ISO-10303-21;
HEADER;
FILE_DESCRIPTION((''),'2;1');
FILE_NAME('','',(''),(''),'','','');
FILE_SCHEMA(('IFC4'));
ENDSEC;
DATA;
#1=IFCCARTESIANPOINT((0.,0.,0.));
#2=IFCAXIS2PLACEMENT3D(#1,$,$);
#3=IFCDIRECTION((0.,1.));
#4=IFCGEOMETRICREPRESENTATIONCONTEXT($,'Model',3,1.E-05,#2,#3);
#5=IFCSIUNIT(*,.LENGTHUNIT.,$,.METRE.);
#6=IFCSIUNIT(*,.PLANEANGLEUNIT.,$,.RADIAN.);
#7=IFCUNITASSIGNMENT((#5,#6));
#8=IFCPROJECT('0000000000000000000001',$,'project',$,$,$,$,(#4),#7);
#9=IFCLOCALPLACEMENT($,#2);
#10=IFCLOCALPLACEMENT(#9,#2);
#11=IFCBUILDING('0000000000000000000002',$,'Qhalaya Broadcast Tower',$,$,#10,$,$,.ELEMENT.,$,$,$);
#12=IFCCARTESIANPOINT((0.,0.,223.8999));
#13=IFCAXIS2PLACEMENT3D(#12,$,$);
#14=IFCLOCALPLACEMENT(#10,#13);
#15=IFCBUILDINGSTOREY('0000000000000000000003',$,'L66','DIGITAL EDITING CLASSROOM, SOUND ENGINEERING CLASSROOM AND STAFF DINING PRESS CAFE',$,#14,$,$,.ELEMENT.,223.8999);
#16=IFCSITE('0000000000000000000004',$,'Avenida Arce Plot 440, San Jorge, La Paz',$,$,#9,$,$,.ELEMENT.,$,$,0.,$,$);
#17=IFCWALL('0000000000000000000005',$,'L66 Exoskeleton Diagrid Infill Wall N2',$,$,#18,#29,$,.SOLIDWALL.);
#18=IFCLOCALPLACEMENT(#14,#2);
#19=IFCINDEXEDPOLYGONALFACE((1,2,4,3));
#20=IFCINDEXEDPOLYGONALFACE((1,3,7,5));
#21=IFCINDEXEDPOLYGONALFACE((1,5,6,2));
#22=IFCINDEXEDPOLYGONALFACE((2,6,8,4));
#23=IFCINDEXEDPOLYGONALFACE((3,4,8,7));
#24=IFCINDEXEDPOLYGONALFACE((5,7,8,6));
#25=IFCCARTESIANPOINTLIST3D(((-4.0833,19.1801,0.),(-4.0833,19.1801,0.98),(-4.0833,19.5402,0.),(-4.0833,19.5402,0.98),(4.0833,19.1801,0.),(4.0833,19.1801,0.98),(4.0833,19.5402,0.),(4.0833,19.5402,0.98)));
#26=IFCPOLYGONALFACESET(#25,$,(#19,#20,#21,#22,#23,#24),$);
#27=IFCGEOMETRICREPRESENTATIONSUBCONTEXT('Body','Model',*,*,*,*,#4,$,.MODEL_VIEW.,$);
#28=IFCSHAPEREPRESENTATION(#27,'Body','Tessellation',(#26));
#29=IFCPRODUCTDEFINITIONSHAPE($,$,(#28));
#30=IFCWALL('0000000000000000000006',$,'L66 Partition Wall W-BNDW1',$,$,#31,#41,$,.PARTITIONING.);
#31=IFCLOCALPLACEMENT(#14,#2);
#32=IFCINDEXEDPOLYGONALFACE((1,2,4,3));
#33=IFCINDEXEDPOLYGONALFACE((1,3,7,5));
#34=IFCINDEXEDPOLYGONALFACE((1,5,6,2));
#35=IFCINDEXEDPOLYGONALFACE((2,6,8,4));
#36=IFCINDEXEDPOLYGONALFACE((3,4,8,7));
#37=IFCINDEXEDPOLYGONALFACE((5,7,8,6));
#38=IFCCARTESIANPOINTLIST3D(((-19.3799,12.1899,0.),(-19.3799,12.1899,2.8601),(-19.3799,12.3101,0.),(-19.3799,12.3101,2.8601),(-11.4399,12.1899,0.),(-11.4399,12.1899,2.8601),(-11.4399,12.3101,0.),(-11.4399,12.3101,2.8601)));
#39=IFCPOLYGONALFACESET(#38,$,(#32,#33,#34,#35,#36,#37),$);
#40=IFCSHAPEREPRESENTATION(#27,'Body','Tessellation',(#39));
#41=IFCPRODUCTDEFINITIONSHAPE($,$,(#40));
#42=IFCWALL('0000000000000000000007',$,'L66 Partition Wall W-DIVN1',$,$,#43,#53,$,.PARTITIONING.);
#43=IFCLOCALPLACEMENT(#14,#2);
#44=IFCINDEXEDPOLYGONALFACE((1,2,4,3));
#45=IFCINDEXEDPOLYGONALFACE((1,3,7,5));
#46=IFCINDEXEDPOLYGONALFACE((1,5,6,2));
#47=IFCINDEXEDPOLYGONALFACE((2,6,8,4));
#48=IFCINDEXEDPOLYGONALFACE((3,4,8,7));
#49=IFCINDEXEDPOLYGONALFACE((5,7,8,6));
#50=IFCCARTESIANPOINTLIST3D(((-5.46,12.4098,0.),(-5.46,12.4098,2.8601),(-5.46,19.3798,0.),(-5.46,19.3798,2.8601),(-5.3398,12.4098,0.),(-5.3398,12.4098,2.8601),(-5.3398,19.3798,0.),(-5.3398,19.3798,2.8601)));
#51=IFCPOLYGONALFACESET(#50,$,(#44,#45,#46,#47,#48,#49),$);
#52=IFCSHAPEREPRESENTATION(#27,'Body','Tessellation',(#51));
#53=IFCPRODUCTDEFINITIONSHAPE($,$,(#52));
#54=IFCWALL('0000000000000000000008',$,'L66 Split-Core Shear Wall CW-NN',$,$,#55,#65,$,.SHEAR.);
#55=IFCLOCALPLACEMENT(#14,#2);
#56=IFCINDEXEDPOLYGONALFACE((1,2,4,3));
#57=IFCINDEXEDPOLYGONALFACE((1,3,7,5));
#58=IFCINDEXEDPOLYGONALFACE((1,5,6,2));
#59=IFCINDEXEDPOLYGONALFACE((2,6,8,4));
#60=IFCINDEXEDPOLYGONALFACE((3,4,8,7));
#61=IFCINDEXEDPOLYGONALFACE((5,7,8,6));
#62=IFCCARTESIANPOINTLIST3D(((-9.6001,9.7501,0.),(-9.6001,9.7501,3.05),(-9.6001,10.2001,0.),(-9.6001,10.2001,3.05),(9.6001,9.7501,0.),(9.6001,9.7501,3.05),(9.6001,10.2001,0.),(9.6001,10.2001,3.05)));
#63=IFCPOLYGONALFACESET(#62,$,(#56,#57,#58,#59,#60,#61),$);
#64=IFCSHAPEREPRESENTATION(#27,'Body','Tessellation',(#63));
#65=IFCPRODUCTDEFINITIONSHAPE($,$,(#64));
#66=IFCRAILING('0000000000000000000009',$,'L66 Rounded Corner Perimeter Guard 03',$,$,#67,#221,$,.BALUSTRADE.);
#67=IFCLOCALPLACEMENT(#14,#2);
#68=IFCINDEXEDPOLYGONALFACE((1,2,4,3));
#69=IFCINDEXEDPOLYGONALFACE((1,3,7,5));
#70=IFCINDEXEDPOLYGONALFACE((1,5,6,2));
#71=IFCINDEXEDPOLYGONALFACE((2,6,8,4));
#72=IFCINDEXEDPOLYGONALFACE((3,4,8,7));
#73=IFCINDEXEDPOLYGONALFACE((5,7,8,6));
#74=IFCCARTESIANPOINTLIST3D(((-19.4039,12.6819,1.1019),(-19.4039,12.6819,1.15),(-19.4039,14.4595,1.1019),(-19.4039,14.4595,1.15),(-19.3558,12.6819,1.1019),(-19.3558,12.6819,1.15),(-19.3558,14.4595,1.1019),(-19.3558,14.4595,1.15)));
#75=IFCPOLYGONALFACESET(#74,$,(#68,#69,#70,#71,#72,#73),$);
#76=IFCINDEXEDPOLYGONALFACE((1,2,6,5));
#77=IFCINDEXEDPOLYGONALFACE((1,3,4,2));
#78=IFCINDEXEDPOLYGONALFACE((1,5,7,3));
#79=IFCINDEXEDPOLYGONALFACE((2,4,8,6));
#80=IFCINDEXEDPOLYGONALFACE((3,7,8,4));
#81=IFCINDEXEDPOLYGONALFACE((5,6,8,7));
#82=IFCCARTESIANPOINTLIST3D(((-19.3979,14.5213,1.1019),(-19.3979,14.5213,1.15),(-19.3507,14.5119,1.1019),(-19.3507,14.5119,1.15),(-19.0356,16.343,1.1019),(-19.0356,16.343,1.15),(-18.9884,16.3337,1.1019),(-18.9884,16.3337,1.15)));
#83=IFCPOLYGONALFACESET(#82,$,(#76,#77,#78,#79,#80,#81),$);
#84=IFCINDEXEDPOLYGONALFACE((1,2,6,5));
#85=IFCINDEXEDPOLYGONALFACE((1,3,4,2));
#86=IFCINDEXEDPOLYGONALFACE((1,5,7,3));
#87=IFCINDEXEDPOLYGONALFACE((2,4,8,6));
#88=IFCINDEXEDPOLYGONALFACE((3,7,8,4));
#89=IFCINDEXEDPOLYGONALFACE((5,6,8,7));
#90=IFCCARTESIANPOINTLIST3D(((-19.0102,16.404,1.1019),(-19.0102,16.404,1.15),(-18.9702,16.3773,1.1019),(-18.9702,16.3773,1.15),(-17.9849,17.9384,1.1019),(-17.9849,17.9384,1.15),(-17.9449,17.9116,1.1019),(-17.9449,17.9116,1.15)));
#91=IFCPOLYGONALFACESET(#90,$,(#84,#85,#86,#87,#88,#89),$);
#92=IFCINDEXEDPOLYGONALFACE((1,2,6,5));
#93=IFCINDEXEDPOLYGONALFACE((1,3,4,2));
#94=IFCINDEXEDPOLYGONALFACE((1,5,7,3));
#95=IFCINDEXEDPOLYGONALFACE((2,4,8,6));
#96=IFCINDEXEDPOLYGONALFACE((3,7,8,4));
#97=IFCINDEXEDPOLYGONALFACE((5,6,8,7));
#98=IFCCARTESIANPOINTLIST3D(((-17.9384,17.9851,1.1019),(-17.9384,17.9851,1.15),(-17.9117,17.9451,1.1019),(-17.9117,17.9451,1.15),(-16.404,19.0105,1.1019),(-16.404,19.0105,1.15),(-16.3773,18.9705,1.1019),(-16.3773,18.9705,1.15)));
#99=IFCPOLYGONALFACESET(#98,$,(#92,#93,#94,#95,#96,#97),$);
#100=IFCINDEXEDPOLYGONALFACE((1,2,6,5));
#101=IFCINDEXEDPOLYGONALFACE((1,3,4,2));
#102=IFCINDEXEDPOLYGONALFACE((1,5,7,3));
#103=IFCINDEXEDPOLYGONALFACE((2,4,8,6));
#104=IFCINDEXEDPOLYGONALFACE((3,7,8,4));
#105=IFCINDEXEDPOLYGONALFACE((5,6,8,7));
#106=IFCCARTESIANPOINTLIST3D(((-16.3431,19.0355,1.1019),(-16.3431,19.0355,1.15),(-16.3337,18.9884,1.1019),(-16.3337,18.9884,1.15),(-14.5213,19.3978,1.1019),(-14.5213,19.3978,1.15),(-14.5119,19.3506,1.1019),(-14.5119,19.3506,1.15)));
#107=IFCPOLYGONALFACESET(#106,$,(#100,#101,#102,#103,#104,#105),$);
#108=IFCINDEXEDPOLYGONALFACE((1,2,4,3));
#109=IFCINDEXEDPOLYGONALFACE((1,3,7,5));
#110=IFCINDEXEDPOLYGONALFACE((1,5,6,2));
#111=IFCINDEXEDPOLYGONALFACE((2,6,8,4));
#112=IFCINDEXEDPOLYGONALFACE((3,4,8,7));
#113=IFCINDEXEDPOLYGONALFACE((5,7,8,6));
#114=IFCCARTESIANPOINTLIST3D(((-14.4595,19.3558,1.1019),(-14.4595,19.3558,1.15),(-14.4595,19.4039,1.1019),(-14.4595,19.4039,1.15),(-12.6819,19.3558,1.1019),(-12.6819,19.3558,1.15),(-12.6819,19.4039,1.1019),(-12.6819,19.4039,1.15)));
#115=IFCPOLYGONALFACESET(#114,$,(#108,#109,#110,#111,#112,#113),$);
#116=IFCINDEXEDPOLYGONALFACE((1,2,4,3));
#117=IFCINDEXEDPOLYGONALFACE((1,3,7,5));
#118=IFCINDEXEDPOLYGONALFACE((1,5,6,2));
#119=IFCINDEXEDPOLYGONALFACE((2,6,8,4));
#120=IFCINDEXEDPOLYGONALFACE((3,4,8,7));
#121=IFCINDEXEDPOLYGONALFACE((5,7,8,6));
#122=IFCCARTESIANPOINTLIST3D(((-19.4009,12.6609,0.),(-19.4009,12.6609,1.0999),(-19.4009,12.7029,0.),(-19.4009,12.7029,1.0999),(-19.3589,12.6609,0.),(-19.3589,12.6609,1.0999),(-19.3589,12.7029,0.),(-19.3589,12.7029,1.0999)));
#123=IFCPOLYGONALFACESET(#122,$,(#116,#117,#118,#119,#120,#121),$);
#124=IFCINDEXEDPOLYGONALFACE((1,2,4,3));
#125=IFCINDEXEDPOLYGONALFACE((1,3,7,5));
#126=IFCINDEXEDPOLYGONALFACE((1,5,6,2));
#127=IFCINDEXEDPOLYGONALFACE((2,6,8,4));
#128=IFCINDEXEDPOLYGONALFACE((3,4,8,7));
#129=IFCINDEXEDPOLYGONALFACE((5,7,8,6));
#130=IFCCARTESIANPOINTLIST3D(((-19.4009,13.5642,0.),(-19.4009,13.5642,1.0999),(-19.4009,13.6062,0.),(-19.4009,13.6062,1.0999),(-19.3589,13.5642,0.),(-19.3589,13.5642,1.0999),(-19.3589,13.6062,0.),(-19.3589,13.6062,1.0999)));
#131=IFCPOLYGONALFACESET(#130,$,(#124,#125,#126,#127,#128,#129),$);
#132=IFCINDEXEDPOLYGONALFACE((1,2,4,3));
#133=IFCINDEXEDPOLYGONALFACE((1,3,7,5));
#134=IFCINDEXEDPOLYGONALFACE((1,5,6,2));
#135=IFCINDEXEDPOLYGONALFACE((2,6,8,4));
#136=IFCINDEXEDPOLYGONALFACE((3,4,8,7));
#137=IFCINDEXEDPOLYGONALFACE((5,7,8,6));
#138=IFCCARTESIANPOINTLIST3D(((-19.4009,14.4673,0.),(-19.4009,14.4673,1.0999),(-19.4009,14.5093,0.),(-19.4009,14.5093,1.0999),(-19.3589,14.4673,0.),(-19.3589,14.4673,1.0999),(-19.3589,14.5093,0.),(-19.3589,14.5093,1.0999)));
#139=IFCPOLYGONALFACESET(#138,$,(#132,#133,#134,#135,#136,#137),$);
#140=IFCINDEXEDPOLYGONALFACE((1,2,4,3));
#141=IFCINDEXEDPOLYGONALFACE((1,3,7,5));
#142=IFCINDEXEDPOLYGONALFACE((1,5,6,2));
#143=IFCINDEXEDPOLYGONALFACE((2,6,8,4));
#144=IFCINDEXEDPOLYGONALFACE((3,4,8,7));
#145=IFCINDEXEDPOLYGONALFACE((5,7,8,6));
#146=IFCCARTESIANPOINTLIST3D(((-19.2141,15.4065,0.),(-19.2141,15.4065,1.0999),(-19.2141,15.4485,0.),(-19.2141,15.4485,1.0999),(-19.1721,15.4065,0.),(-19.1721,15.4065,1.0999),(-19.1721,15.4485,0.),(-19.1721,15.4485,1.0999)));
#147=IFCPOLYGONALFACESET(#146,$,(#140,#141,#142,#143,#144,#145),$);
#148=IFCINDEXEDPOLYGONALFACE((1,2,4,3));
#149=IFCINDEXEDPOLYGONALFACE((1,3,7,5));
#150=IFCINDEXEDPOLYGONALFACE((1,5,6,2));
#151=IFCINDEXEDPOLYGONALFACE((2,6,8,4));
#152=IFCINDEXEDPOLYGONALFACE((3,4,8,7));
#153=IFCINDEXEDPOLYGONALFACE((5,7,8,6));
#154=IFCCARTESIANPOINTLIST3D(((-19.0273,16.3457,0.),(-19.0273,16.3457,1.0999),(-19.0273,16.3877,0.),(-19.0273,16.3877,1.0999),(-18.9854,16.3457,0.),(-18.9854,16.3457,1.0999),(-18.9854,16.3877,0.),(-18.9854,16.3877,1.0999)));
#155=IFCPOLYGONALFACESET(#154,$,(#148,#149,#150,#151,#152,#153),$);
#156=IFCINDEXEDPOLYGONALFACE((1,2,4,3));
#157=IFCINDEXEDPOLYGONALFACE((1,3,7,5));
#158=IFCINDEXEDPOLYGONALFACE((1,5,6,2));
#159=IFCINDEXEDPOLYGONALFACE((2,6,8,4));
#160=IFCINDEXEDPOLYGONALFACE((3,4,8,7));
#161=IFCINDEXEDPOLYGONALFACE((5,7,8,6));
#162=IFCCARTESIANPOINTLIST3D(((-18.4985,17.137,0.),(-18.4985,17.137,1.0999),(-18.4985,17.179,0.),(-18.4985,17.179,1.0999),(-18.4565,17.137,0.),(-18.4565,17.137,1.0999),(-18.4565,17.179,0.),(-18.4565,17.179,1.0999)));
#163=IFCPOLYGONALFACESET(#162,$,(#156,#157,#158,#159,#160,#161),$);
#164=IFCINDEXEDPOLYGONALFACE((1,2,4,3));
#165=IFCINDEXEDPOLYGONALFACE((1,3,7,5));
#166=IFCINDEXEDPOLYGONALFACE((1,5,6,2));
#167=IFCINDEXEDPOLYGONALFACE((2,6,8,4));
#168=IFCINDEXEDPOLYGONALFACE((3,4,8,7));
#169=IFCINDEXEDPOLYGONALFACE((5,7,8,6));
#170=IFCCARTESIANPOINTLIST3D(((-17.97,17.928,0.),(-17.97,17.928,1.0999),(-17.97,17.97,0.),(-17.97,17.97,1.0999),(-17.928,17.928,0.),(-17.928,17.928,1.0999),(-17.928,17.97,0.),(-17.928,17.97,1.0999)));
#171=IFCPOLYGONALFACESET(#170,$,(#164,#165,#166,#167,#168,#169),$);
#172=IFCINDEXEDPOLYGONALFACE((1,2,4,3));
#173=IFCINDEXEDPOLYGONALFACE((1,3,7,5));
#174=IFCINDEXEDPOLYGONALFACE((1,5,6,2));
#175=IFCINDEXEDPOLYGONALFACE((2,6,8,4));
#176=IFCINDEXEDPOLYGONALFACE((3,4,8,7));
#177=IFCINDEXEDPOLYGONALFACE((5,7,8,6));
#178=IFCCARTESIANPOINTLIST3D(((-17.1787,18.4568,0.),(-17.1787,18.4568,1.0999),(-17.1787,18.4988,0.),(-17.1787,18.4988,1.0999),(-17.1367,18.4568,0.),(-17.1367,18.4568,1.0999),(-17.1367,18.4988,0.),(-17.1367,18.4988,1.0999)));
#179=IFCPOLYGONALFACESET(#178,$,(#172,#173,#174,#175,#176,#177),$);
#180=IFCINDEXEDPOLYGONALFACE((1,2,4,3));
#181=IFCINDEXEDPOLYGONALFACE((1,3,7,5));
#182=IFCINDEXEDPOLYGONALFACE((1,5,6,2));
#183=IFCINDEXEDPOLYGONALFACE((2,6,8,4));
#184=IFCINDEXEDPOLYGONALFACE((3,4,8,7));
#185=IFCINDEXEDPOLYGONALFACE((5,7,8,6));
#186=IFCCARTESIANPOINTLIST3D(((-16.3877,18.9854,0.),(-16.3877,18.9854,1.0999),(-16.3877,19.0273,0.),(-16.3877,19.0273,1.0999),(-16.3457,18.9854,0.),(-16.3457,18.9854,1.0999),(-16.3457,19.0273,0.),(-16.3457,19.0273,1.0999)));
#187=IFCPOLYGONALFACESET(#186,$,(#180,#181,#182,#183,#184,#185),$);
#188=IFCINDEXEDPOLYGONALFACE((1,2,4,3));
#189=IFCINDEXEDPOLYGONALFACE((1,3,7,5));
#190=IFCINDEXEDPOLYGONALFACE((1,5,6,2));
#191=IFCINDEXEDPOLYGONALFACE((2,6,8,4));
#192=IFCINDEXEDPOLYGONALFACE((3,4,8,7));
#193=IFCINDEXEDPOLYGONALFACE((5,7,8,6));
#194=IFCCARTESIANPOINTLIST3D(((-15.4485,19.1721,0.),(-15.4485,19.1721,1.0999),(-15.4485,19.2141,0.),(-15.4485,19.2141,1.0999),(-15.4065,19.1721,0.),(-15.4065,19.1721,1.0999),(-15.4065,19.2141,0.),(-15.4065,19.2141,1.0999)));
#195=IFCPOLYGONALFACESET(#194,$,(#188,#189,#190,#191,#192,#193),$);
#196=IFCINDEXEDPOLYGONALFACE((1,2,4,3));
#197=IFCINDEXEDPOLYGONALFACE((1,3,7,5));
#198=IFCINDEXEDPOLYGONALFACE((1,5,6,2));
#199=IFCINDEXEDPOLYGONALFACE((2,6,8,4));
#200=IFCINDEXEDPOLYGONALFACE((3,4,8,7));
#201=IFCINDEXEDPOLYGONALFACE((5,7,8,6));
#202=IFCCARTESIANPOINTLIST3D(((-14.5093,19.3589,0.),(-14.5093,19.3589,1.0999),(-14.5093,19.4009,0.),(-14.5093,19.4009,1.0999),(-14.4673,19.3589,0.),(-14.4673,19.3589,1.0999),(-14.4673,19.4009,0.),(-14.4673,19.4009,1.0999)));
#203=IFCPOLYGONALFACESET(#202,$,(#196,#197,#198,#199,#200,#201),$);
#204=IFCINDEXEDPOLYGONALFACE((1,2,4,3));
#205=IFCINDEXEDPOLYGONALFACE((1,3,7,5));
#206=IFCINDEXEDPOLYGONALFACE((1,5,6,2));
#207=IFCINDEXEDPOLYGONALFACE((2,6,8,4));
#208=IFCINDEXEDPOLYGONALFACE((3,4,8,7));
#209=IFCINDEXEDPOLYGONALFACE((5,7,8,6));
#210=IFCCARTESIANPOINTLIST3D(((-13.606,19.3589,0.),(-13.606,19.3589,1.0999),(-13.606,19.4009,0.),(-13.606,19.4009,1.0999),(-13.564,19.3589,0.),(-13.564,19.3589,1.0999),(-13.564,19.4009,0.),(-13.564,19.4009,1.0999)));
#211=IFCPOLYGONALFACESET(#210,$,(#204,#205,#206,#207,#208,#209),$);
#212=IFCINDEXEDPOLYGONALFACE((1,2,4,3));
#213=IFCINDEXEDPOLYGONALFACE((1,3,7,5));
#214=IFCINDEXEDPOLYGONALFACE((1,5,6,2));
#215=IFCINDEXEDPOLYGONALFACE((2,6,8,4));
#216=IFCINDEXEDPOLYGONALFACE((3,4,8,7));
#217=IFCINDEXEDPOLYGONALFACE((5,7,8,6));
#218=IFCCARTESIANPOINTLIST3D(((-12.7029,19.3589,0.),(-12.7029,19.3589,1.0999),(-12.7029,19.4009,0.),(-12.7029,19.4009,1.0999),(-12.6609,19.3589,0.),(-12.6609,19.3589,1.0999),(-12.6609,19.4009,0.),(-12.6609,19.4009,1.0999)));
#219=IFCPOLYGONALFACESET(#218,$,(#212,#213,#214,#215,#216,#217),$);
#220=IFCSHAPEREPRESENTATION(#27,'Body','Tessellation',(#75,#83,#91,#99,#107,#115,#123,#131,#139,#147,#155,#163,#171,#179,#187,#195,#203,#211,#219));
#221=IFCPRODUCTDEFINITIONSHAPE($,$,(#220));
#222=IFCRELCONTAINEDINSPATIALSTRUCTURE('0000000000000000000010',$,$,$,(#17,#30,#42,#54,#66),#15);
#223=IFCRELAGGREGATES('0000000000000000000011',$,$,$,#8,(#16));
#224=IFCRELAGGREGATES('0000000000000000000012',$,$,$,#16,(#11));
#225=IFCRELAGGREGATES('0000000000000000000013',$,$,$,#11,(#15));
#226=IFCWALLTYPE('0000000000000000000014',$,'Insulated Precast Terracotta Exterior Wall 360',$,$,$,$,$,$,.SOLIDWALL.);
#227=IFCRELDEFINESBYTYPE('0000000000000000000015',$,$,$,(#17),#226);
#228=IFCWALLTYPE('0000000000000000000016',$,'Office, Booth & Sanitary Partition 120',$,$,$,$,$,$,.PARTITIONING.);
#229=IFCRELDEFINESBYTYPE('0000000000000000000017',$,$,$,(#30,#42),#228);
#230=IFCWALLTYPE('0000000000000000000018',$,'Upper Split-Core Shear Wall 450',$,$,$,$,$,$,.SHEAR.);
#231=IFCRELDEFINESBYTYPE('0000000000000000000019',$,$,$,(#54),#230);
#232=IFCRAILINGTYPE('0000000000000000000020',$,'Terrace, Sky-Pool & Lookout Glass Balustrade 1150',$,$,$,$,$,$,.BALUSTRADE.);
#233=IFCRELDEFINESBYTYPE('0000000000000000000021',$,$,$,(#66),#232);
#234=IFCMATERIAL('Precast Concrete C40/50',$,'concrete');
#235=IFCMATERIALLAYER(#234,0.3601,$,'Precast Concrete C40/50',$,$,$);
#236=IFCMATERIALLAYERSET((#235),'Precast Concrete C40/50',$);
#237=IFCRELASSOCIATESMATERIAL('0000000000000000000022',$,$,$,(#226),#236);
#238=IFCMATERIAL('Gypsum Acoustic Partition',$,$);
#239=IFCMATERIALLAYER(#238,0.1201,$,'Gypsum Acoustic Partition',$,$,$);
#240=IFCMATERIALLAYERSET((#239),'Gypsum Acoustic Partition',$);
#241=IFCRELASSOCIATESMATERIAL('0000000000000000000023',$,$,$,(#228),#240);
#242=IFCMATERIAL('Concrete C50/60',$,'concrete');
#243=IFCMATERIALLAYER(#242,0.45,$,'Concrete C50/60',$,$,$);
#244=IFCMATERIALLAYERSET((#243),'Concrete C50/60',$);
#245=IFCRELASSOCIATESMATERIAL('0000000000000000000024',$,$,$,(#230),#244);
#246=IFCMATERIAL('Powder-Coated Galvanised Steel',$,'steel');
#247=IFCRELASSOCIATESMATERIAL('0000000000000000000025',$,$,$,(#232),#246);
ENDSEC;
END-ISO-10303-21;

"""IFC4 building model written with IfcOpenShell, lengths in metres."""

from ifc_helpers import new_model, si_unit, direction, frame, frame_2d, origin, origin_2d, place, context, subcontext, project, spatial, rectangle, extrude, material, layer, layer_set, type_object, element, save


model = new_model("IFC4")

# Units and contexts
model_context = context("Model", 3, precision=1e-05, world=origin(), true_north=direction((0.0, 1.0)))
body_context = subcontext(model_context, "Body", "Model", "MODEL_VIEW")
ifc_project = project(units=[si_unit("LENGTHUNIT", "METRE"), si_unit("PLANEANGLEUNIT", "RADIAN")], contexts=[model_context])

# Site, building, storey
site_placement = place(None, origin())
site = spatial("IfcSite", under=ifc_project, at=site_placement, Name="Avenida Arce Plot 440, San Jorge, La Paz", CompositionType="ELEMENT", RefElevation=0.0)
building_placement = place(site_placement, origin())
building = spatial("IfcBuilding", under=site, at=building_placement, Name="Qhalaya Broadcast Tower", CompositionType="ELEMENT")
storey_placement = place(building_placement, frame((0.0, 0.0, 223.8999)))
storey = spatial("IfcBuildingStorey", under=building, at=storey_placement, Name="L66", Description="DIGITAL EDITING CLASSROOM, SOUND ENGINEERING CLASSROOM AND STAFF DINING PRESS CAFE", CompositionType="ELEMENT", Elevation=223.8999)

# Shared definitions
ifc_material_1 = material(Name="Concrete C50/60", Category="concrete")

# Shared definitions
ifc_material_2 = material(Name="Gypsum Acoustic Partition")

# Walls
ifc_material_3 = material(Name="Precast Concrete C40/50", Category="concrete")
ifc_layer_1 = layer(ifc_material_3, 0.3601, Name="Precast Concrete C40/50")
ifc_layer_set_1 = layer_set([ifc_layer_1], Name="Precast Concrete C40/50")
wall_type_1 = type_object("IfcWallType", Name="Insulated Precast Terracotta Exterior Wall 360", PredefinedType="SOLIDWALL", material=ifc_layer_set_1)
wall_1_placement = place(storey_placement, frame((-4.0833, 19.3601, 0.0), z_axis=(0.0, 0.0, 1.0), x_axis=(1.0, 0.0, 0.0)))
element("IfcWall", 1, at=wall_1_placement, inside=storey, type_object=wall_type_1, Name="L66 Exoskeleton Diagrid Infill Wall N2", PredefinedType="SOLIDWALL", context=body_context, shape_type="SweptSolid", body=[
    extrude(rectangle(XDim=8.1665, YDim=0.3601, at=frame_2d((4.0833, 0.0))), origin(), (0.0, 0.0, 1.0), 0.98),
])
ifc_layer_2 = layer(ifc_material_2, 0.1201, Name="Gypsum Acoustic Partition")
ifc_layer_set_2 = layer_set([ifc_layer_2], Name="Gypsum Acoustic Partition")
wall_type_2 = type_object("IfcWallType", Name="Office, Booth & Sanitary Partition 120", PredefinedType="PARTITIONING", material=ifc_layer_set_2)
wall_2_placement = place(storey_placement, frame((-19.3799, 12.25, 0.0), z_axis=(0.0, 0.0, 1.0), x_axis=(1.0, 0.0, 0.0)))
element("IfcWall", 2, at=wall_2_placement, inside=storey, type_object=wall_type_2, Name="L66 Partition Wall W-BNDW1", PredefinedType="PARTITIONING", context=body_context, shape_type="SweptSolid", body=[
    extrude(rectangle(XDim=7.9399, YDim=0.1201, at=frame_2d((3.97, 0.0))), origin(), (0.0, 0.0, 1.0), 2.8601),
])
wall_3_placement = place(storey_placement, frame((-5.3999, 12.4099, 0.0), z_axis=(0.0, 0.0, 1.0), x_axis=(0.0, 1.0, 0.0)))
element("IfcWall", 3, at=wall_3_placement, inside=storey, type_object=wall_type_2, Name="L66 Partition Wall W-DIVN1", PredefinedType="PARTITIONING", context=body_context, shape_type="SweptSolid", body=[
    extrude(rectangle(XDim=6.97, YDim=0.1201, at=frame_2d((3.4849, 0.0))), origin(), (0.0, 0.0, 1.0), 2.8601),
])
ifc_layer_3 = layer(ifc_material_1, 0.45, Name="Concrete C50/60")
ifc_layer_set_3 = layer_set([ifc_layer_3], Name="Concrete C50/60")
wall_type_3 = type_object("IfcWallType", Name="Upper Split-Core Shear Wall 450", PredefinedType="SHEAR", material=ifc_layer_set_3)
wall_4_placement = place(storey_placement, frame((-9.6001, 9.9751, 0.0), z_axis=(0.0, 0.0, 1.0), x_axis=(1.0, 0.0, 0.0)))
element("IfcWall", 4, at=wall_4_placement, inside=storey, type_object=wall_type_3, Name="L66 Split-Core Shear Wall CW-NN", PredefinedType="SHEAR", context=body_context, shape_type="SweptSolid", body=[
    extrude(rectangle(XDim=19.2002, YDim=0.45, at=frame_2d((9.6001, 0.0))), origin(), (0.0, 0.0, 1.0), 3.05),
])

# Railing
ifc_material_4 = material(Name="Powder-Coated Galvanised Steel", Category="steel")
railing_type = type_object("IfcRailingType", Name="Terrace, Sky-Pool & Lookout Glass Balustrade 1150", PredefinedType="BALUSTRADE", material=ifc_material_4)
railing_placement = place(storey_placement, frame((-19.3799, 12.6819, 0.0)))
element("IfcRailing", 5, at=railing_placement, inside=storey, type_object=railing_type, Name="L66 Rounded Corner Perimeter Guard 03", PredefinedType="BALUSTRADE", context=body_context, shape_type="SweptSolid", body=[
    extrude(rectangle(XDim=0.0481, YDim=0.0481, at=origin_2d()), frame((0.0, 0.0, 1.126), z_axis=(0.0, 1.0, 0.0), x_axis=(-1.0, 0.0, 0.0)), (0.0, 0.0, 1.0), 1.7776),
    extrude(rectangle(XDim=0.0481, YDim=0.0481, at=origin_2d()), frame((0.0056, 1.8347, 1.126), z_axis=(0.195037, 0.980796, 0.0), x_axis=(-0.980796, 0.195037, 0.0)), (0.0, 0.0, 1.0), 1.8574),
    extrude(rectangle(XDim=0.0481, YDim=0.0481, at=origin_2d()), frame((0.3896, 3.7087, 1.126), z_axis=(0.555618, 0.831438, 0.0), x_axis=(-0.831438, 0.555618, 0.0)), (0.0, 0.0, 1.0), 1.8455),
    extrude(rectangle(XDim=0.0481, YDim=0.0481, at=origin_2d()), frame((1.4548, 5.2832, 1.126), z_axis=(0.831438, 0.555618, 0.0), x_axis=(-0.555618, 0.831438, 0.0)), (0.0, 0.0, 1.0), 1.8455),
    extrude(rectangle(XDim=0.0481, YDim=0.0481, at=origin_2d()), frame((3.0415, 6.3301, 1.126), z_axis=(0.980796, 0.195037, 0.0), x_axis=(-0.195037, 0.980796, 0.0)), (0.0, 0.0, 1.0), 1.8574),
    extrude(rectangle(XDim=0.0481, YDim=0.0481, at=origin_2d()), frame((4.9204, 6.698, 1.126), z_axis=(1.0, 0.0, 0.0), x_axis=(0.0, 1.0, 0.0)), (0.0, 0.0, 1.0), 1.7776),
    extrude(rectangle(XDim=0.042, YDim=0.042, at=origin_2d()), origin(), (0.0, 0.0, 1.0), 1.0999),
    extrude(rectangle(XDim=0.042, YDim=0.042, at=origin_2d()), frame((0.0, 0.9033, 0.0)), (0.0, 0.0, 1.0), 1.0999),
    extrude(rectangle(XDim=0.042, YDim=0.042, at=origin_2d()), frame((0.0, 1.8064, 0.0)), (0.0, 0.0, 1.0), 1.0999),
    extrude(rectangle(XDim=0.042, YDim=0.042, at=origin_2d()), frame((0.1868, 2.7456, 0.0)), (0.0, 0.0, 1.0), 1.0999),
    extrude(rectangle(XDim=0.042, YDim=0.042, at=origin_2d()), frame((0.3735, 3.6848, 0.0)), (0.0, 0.0, 1.0), 1.0999),
    extrude(rectangle(XDim=0.042, YDim=0.042, at=origin_2d()), frame((0.9023, 4.4761, 0.0)), (0.0, 0.0, 1.0), 1.0999),
    extrude(rectangle(XDim=0.042, YDim=0.042, at=origin_2d()), frame((1.4309, 5.2671, 0.0)), (0.0, 0.0, 1.0), 1.0999),
    extrude(rectangle(XDim=0.042, YDim=0.042, at=origin_2d()), frame((2.2222, 5.7959, 0.0)), (0.0, 0.0, 1.0), 1.0999),
    extrude(rectangle(XDim=0.042, YDim=0.042, at=origin_2d()), frame((3.0132, 6.3245, 0.0)), (0.0, 0.0, 1.0), 1.0999),
    extrude(rectangle(XDim=0.042, YDim=0.042, at=origin_2d()), frame((3.9524, 6.5112, 0.0)), (0.0, 0.0, 1.0), 1.0999),
    extrude(rectangle(XDim=0.042, YDim=0.042, at=origin_2d()), frame((4.8916, 6.698, 0.0)), (0.0, 0.0, 1.0), 1.0999),
    extrude(rectangle(XDim=0.042, YDim=0.042, at=origin_2d()), frame((5.7949, 6.698, 0.0)), (0.0, 0.0, 1.0), 1.0999),
    extrude(rectangle(XDim=0.042, YDim=0.042, at=origin_2d()), frame((6.698, 6.698, 0.0)), (0.0, 0.0, 1.0), 1.0999),
])

save(model, "model.ifc")
